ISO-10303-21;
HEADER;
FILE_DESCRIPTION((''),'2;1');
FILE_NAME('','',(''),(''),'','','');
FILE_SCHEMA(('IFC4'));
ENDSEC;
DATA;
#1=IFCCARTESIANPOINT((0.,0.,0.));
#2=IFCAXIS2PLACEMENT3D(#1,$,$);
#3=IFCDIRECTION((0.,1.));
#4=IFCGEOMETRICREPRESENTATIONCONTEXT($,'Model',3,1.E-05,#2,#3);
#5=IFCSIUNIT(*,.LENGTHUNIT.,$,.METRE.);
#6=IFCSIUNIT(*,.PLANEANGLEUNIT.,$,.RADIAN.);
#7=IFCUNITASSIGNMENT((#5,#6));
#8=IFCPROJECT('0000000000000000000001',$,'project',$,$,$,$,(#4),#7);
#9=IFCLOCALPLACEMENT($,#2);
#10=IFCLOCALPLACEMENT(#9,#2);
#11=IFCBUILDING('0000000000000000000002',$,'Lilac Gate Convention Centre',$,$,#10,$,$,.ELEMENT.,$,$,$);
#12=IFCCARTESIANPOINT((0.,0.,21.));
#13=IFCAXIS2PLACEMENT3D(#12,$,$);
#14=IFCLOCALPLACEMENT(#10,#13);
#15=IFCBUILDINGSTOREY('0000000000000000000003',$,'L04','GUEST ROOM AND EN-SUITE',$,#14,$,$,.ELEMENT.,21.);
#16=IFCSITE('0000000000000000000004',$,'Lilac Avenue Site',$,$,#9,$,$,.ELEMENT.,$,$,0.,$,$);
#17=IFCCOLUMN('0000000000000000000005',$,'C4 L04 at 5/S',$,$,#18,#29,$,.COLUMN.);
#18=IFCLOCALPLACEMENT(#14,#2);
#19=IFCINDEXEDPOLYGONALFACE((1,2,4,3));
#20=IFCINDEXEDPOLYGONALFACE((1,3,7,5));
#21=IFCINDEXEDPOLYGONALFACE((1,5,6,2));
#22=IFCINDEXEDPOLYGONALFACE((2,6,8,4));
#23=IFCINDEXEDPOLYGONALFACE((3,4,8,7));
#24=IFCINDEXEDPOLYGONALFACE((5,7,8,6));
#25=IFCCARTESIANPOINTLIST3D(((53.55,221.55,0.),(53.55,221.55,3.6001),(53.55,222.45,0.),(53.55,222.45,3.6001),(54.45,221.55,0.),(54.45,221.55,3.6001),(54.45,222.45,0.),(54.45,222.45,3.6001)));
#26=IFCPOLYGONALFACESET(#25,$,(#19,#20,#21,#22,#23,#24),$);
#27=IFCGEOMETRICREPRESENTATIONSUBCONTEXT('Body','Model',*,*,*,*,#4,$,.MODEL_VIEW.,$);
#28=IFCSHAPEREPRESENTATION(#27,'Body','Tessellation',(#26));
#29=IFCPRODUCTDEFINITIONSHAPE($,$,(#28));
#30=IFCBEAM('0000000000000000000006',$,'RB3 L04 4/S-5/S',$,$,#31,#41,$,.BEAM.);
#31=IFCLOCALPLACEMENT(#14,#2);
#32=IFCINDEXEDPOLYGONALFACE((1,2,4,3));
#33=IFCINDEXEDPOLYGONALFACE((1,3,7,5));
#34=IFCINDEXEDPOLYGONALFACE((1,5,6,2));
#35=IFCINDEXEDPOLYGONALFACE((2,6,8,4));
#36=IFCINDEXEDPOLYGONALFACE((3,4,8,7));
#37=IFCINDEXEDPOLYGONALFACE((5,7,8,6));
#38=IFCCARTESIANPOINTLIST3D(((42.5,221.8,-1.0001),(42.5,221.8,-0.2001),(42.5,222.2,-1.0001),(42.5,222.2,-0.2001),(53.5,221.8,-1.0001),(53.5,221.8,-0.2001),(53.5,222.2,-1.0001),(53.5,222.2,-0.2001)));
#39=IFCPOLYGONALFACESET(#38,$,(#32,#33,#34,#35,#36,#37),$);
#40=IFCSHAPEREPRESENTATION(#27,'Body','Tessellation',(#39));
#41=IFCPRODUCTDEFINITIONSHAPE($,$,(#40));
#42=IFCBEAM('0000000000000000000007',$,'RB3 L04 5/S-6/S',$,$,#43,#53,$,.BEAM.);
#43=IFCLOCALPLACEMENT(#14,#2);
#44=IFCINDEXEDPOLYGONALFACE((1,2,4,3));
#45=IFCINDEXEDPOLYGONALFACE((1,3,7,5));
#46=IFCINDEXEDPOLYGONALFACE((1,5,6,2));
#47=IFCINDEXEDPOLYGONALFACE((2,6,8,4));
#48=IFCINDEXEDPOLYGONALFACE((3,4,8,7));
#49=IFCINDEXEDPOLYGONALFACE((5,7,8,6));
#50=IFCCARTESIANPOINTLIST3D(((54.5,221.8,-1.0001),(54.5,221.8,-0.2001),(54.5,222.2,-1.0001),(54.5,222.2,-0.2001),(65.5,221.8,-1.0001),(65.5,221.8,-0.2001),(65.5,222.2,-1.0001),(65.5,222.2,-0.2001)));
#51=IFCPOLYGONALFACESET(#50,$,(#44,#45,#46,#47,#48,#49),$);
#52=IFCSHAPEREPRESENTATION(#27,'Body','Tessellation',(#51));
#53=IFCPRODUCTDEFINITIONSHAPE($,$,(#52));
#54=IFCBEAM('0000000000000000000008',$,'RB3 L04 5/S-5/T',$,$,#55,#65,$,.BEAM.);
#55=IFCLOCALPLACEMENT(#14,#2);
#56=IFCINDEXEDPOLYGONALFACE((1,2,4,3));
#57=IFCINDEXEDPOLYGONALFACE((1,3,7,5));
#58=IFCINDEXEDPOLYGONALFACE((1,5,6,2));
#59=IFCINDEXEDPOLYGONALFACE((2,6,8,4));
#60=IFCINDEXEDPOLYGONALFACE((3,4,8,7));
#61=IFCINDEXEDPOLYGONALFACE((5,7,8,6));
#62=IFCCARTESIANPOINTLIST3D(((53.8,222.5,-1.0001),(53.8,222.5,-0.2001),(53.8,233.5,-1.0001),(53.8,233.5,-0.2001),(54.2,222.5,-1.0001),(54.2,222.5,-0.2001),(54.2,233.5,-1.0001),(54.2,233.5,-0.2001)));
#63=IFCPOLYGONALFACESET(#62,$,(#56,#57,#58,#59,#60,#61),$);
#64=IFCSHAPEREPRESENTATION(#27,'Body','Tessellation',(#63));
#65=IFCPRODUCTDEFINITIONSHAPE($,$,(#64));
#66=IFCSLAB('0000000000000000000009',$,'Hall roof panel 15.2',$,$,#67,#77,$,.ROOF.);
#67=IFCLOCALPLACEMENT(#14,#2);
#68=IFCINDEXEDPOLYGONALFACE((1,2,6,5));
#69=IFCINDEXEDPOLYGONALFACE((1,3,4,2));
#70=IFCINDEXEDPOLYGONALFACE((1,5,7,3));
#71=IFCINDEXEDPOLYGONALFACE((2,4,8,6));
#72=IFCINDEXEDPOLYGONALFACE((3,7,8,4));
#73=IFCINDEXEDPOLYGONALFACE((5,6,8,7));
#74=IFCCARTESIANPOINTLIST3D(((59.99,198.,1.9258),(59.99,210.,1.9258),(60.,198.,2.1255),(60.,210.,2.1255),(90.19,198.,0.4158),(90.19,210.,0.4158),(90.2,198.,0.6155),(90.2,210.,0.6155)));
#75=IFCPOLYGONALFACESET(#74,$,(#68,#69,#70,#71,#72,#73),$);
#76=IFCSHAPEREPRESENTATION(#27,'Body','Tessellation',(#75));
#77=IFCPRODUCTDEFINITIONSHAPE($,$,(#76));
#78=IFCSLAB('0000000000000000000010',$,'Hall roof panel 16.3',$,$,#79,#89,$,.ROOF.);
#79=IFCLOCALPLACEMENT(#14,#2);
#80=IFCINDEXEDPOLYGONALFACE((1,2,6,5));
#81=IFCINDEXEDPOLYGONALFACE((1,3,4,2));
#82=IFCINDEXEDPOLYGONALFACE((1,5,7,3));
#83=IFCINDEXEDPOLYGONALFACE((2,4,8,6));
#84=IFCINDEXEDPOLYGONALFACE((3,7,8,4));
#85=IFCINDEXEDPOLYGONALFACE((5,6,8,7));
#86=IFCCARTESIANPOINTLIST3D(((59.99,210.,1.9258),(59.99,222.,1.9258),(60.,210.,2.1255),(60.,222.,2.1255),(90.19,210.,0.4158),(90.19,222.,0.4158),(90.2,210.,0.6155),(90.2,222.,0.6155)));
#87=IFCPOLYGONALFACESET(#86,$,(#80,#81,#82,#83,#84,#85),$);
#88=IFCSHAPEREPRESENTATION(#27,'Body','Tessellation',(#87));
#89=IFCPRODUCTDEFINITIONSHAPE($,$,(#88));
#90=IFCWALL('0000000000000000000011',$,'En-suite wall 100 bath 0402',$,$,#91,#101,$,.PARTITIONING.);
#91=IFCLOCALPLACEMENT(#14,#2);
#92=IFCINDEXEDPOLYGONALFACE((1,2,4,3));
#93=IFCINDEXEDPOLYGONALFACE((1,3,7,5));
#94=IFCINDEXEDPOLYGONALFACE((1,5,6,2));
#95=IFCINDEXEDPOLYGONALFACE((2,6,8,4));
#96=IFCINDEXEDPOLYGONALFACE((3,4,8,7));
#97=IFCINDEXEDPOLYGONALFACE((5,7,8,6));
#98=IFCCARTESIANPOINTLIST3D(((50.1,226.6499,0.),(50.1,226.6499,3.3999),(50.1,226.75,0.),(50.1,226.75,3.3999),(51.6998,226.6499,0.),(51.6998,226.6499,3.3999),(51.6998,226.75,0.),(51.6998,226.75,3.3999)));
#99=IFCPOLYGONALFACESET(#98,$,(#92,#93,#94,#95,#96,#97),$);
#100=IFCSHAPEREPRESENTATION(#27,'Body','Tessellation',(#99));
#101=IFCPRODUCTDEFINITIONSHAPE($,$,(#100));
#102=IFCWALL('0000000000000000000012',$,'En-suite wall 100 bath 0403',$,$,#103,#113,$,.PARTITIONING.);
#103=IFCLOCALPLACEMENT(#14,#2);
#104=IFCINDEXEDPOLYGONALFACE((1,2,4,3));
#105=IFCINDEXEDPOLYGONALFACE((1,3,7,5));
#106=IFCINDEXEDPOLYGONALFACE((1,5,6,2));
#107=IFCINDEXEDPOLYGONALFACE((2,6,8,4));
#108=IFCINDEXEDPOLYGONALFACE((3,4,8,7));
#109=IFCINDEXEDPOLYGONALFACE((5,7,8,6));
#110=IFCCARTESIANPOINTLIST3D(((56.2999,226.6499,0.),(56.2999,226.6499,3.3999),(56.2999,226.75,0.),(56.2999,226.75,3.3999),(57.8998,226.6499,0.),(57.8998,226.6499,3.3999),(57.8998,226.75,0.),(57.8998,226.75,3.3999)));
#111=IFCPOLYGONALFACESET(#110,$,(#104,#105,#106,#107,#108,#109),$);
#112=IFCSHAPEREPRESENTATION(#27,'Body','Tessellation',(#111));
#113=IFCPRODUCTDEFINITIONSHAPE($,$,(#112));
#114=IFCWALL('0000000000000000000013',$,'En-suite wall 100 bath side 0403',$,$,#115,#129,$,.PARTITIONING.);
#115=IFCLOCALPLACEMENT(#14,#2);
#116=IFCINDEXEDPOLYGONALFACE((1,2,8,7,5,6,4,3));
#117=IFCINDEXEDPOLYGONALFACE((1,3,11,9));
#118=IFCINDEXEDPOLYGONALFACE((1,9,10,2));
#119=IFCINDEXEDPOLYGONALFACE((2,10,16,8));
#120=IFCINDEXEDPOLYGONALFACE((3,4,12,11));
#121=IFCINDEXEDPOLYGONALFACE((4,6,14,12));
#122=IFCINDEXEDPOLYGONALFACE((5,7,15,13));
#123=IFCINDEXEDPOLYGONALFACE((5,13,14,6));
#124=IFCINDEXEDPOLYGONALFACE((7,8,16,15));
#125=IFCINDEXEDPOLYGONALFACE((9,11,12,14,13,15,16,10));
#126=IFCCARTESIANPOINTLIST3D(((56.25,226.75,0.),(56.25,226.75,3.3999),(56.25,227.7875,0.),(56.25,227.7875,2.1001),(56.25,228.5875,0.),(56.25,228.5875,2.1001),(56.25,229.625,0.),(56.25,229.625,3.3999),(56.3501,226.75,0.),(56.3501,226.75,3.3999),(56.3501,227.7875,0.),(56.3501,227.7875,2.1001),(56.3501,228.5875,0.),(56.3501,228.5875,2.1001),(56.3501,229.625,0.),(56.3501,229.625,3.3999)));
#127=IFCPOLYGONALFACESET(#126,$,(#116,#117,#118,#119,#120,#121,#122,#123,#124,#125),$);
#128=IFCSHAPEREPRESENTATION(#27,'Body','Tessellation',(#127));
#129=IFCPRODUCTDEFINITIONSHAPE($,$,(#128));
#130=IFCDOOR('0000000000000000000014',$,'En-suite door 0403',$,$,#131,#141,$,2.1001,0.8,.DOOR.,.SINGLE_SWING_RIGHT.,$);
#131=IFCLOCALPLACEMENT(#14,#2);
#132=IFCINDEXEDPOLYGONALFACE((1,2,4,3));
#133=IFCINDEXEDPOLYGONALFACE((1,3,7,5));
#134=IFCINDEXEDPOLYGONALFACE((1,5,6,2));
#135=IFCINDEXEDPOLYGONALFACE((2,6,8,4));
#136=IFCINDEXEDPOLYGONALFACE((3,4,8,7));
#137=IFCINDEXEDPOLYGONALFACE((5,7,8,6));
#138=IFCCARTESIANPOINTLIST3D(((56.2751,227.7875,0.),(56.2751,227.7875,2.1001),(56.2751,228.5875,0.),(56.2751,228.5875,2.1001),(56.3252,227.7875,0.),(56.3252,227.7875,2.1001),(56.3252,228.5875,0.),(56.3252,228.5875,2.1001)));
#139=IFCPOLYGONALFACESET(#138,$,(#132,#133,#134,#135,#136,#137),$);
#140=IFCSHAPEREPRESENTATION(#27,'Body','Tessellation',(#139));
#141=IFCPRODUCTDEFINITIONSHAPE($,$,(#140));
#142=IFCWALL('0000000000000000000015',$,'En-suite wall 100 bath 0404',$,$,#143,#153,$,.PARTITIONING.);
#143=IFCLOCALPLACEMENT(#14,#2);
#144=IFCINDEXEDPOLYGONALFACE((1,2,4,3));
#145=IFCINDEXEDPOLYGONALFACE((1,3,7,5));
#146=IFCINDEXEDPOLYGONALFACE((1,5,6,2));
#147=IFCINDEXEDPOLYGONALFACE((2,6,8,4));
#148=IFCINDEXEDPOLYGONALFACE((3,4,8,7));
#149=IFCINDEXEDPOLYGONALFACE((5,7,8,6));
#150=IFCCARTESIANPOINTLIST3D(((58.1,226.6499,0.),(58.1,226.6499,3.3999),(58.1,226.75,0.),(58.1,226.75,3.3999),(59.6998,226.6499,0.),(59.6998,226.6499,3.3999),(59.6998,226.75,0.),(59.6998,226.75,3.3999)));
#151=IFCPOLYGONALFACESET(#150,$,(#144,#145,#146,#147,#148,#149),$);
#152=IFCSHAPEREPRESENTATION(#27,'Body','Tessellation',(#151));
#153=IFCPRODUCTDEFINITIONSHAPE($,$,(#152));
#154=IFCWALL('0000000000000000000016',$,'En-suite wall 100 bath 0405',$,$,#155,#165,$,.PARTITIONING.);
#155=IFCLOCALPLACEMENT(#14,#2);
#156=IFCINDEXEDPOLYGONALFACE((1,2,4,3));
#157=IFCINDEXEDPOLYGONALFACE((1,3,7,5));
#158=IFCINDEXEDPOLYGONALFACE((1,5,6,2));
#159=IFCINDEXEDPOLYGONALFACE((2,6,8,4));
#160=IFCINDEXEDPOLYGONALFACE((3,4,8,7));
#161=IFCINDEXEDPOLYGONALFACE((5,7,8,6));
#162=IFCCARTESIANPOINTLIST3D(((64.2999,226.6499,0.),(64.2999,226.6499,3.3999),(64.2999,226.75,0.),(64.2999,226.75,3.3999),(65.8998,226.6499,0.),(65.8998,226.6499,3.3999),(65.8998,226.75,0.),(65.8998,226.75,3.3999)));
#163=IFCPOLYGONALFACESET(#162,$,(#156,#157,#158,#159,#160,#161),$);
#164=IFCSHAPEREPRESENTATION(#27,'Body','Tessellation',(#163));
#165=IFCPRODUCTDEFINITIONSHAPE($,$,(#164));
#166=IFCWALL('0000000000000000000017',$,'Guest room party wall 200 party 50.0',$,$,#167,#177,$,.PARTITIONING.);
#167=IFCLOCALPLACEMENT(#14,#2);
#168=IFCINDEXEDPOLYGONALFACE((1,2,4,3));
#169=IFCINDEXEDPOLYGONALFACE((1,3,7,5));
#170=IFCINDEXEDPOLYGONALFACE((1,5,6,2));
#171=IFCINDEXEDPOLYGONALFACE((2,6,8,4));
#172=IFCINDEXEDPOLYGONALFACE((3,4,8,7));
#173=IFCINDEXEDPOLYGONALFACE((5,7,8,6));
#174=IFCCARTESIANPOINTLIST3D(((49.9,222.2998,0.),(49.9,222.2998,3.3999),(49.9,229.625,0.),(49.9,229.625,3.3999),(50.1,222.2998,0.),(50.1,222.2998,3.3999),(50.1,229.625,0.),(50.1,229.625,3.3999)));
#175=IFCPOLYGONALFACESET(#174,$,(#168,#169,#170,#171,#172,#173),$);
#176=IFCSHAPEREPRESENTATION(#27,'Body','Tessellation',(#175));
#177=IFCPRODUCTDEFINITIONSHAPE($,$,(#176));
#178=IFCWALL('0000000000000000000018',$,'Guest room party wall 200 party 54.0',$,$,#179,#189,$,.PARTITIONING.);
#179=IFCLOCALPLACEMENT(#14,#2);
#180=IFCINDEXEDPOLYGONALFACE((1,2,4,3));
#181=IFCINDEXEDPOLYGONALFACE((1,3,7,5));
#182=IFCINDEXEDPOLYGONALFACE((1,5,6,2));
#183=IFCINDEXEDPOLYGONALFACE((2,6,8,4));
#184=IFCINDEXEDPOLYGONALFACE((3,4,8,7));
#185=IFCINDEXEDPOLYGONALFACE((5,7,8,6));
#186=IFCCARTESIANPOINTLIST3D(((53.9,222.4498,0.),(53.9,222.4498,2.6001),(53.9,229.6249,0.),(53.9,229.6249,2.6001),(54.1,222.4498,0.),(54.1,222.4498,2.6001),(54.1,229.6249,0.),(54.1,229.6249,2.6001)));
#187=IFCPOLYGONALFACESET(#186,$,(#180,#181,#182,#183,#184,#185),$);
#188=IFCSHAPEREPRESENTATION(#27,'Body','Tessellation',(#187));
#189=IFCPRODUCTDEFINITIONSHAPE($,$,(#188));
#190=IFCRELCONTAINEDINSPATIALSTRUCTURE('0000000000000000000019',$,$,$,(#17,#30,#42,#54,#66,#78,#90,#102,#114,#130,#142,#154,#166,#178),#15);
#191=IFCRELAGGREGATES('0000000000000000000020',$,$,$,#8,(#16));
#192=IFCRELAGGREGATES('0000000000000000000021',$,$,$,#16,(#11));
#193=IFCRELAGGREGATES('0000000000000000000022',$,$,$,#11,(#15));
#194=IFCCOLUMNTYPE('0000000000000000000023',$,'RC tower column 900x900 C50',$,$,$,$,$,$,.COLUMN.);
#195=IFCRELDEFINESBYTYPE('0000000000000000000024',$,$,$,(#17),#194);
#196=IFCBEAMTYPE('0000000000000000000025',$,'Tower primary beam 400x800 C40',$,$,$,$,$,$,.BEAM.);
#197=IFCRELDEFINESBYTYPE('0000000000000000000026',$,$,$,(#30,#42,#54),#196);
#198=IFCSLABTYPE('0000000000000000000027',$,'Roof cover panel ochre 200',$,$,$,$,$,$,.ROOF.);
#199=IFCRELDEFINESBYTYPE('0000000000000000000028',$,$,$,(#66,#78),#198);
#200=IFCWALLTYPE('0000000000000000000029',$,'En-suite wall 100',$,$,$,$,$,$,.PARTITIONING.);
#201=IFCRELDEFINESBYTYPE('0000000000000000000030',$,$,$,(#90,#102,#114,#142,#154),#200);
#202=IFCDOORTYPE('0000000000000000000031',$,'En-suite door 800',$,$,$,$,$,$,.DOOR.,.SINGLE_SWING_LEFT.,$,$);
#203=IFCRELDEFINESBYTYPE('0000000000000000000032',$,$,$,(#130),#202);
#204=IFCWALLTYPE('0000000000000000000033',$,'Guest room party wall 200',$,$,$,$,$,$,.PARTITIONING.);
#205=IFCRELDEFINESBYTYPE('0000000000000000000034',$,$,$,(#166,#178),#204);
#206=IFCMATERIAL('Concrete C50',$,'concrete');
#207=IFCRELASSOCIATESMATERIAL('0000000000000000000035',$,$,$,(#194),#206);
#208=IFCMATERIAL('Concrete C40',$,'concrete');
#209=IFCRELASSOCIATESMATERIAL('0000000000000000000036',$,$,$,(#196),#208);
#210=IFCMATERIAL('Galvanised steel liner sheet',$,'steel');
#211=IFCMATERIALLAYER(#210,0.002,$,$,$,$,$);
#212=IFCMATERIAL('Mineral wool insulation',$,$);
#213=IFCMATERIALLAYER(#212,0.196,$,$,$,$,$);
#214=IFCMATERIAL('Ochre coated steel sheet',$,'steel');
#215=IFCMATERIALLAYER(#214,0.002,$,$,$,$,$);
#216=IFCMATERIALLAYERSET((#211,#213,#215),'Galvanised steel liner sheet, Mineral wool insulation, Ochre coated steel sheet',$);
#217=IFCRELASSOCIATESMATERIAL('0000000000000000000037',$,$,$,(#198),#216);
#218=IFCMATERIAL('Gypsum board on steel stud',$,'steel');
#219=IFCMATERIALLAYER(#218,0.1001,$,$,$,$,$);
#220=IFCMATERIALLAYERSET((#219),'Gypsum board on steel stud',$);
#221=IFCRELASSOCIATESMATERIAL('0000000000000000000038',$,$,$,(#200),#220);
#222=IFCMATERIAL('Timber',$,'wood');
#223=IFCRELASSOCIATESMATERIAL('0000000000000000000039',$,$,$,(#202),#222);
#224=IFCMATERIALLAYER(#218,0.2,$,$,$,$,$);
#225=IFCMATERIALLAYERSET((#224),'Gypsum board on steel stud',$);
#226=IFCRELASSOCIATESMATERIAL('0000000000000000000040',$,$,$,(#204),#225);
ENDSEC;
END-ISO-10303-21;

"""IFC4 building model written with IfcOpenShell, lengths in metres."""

from ifc_helpers import new_model, si_unit, direction, frame, frame_2d, origin, origin_2d, place, context, subcontext, project, spatial, polyline, rectangle, outline, extrude, material, layer, layer_set, material_profile, profile_set, type_object, element, fill, save


model = new_model("IFC4")

# Units and contexts
model_context = context("Model", 3, precision=1e-05, world=origin(), true_north=direction((0.0, 1.0)))
body_context = subcontext(model_context, "Body", "Model", "MODEL_VIEW")
ifc_project = project(units=[si_unit("LENGTHUNIT", "METRE"), si_unit("PLANEANGLEUNIT", "RADIAN")], contexts=[model_context])

# Site, building, storey
site_placement = place(None, origin())
site = spatial("IfcSite", under=ifc_project, at=site_placement, Name="Lilac Avenue Site", CompositionType="ELEMENT", RefElevation=0.0)
building_placement = place(site_placement, origin())
building = spatial("IfcBuilding", under=site, at=building_placement, Name="Lilac Gate Convention Centre", CompositionType="ELEMENT")
storey_placement = place(building_placement, frame((0.0, 0.0, 21.0)))
storey = spatial("IfcBuildingStorey", under=building, at=storey_placement, Name="L04", Description="GUEST ROOM AND EN-SUITE", CompositionType="ELEMENT", Elevation=21.0)

# Column
ifc_material_1 = material(Name="Concrete C50", Category="concrete")
ifc_material_profile_1 = material_profile(ifc_material_1, rectangle(XDim=0.8999, YDim=0.8999, at=origin_2d()), Name="RC 900x900")
ifc_profile_set_1 = profile_set([ifc_material_profile_1], Name="Concrete C50")
column_type = type_object("IfcColumnType", Name="RC tower column 900x900 C50", PredefinedType="COLUMN", material=ifc_profile_set_1)
column_placement = place(storey_placement, frame((54.0, 222.0, 0.0), z_axis=(0.0, 0.0, 1.0), x_axis=(1.0, 0.0, 0.0)))
element("IfcColumn", 1, at=column_placement, inside=storey, type_object=column_type, Name="C4 L04 at 5/S", PredefinedType="COLUMN", context=body_context, shape_type="SweptSolid", body=[
    extrude(rectangle(XDim=0.8999, YDim=0.8999, at=origin_2d()), origin(), (0.0, 0.0, 1.0), 3.6001),
])

# Beams
ifc_material_2 = material(Name="Concrete C40", Category="concrete")
ifc_material_profile_2 = material_profile(ifc_material_2, rectangle(XDim=0.3999, YDim=0.8, at=origin_2d()), Name="RC 400x800")
ifc_profile_set_2 = profile_set([ifc_material_profile_2], Name="Concrete C40")
beam_type = type_object("IfcBeamType", Name="Tower primary beam 400x800 C40", PredefinedType="BEAM", material=ifc_profile_set_2)
for number, where, z_axis, x_axis, name in (
    (2, (42.5, 222.0, -0.6001), (1.0, 0.0, 0.0), (0.0, 1.0, 0.0), "RB3 L04 4/S-5/S"),
    (3, (54.5, 222.0, -0.6001), (1.0, 0.0, 0.0), (0.0, 1.0, 0.0), "RB3 L04 5/S-6/S"),
    (4, (54.0, 222.5, -0.6001), (0.0, 1.0, 0.0), (-1.0, 0.0, 0.0), "RB3 L04 5/S-5/T"),
):
    element("IfcBeam", number, at=place(storey_placement, frame(where, z_axis=z_axis, x_axis=x_axis)), inside=storey, type_object=beam_type, Name=name, PredefinedType="BEAM", context=body_context, shape_type="SweptSolid", body=[
        extrude(rectangle(XDim=0.3999, YDim=0.8, at=origin_2d()), origin(), (0.0, 0.0, 1.0), 11.0),
    ])

# Slabs
ifc_material_3 = material(Name="Galvanised steel liner sheet", Category="steel")
ifc_layer_1 = layer(ifc_material_3, 0.002)
ifc_material_4 = material(Name="Mineral wool insulation")
ifc_layer_2 = layer(ifc_material_4, 0.196)
ifc_material_5 = material(Name="Ochre coated steel sheet", Category="steel")
ifc_layer_3 = layer(ifc_material_5, 0.002)
ifc_layer_set_1 = layer_set([ifc_layer_1, ifc_layer_2, ifc_layer_3], Name="Galvanised steel liner sheet, Mineral wool insulation, Ochre coated steel sheet")
slab_type = type_object("IfcSlabType", Name="Roof cover panel ochre 200", PredefinedType="ROOF", material=ifc_layer_set_1)
for number, where, z_axis, x_axis, name in (
    (5, (60.0, 198.0, 2.1255), (0.049938, 0.0, 0.998752), (0.998752, 0.0, -0.049938), "Hall roof panel 15.2"),
    (6, (60.0, 210.0, 2.1255), (0.049938, 0.0, 0.998752), (0.998752, 0.0, -0.049938), "Hall roof panel 16.3"),
):
    element("IfcSlab", number, at=place(storey_placement, frame(where, z_axis=z_axis, x_axis=x_axis)), inside=storey, type_object=slab_type, Name=name, PredefinedType="ROOF", context=body_context, shape_type="SweptSolid", body=[
        extrude(outline(polyline([(0.0, 0.0), (30.2377, 0.0), (30.2377, 12.0), (0.0, 12.0), (0.0, 0.0)])), origin(), (0.0, 0.0, -1.0), 0.2),
    ])

# Walls
ifc_material_6 = material(Name="Gypsum board on steel stud", Category="steel")
ifc_layer_4 = layer(ifc_material_6, 0.1001)
ifc_layer_set_2 = layer_set([ifc_layer_4], Name="Gypsum board on steel stud")
wall_type_1 = type_object("IfcWallType", Name="En-suite wall 100", PredefinedType="PARTITIONING", material=ifc_layer_set_2)
for number, where, z_axis, x_axis, name in (
    (7, (50.1001, 226.7, 0.0), (0.0, 0.0, 1.0), (1.0, 0.0, 0.0), "En-suite wall 100 bath 0402"),
    (8, (56.3, 226.7, 0.0), (0.0, 0.0, 1.0), (1.0, 0.0, 0.0), "En-suite wall 100 bath 0403"),
):
    element("IfcWall", number, at=place(storey_placement, frame(where, z_axis=z_axis, x_axis=x_axis)), inside=storey, type_object=wall_type_1, Name=name, PredefinedType="PARTITIONING", context=body_context, shape_type="SweptSolid", body=[
        extrude(rectangle(XDim=1.5999, YDim=0.1001, at=frame_2d((0.7998, 0.0))), origin(), (0.0, 0.0, 1.0), 3.3999),
    ])

# Wall, opening, door
wall_1_placement = place(storey_placement, frame((56.3, 226.75, 0.0), z_axis=(0.0, 0.0, 1.0), x_axis=(0.0, 1.0, 0.0)))
wall_1 = element("IfcWall", 9, at=wall_1_placement, inside=storey, type_object=wall_type_1, Name="En-suite wall 100 bath side 0403", PredefinedType="PARTITIONING", context=body_context, shape_type="SweptSolid", body=[
    extrude(rectangle(XDim=2.875, YDim=0.1001, at=frame_2d((1.4375, 0.0))), origin(), (0.0, 0.0, 1.0), 3.3999),
])
opening_1_placement = place(wall_1_placement, frame((1.0376, 0.0, 0.0)))
opening_1 = element("IfcOpeningElement", 10, at=opening_1_placement, cuts=wall_1, PredefinedType="OPENING", context=body_context, shape_type="SweptSolid", body=[
    extrude(rectangle(XDim=0.8, YDim=2.1001, at=frame_2d((0.3999, 1.05))), frame((0.0, 0.0601, 0.0), z_axis=(0.0, -1.0, 0.0), x_axis=(1.0, 0.0, 0.0)), (0.0, 0.0, 1.0), 0.1201),
])
ifc_material_7 = material(Name="Timber", Category="wood")
door_type = type_object("IfcDoorType", Name="En-suite door 800", OperationType="SINGLE_SWING_LEFT", PredefinedType="DOOR", material=ifc_material_7)
door_placement = place(opening_1_placement, origin())
door = element("IfcDoor", 11, at=door_placement, inside=storey, type_object=door_type, Name="En-suite door 0403", OperationType="SINGLE_SWING_RIGHT", OverallHeight=2.1001, OverallWidth=0.8, PredefinedType="DOOR", context=body_context, shape_type="SweptSolid", body=[
    extrude(rectangle(XDim=0.8, YDim=2.1001, at=frame_2d((0.3999, 1.05))), frame((0.0, 0.0249, 0.0), z_axis=(0.0, -1.0, 0.0), x_axis=(1.0, 0.0, 0.0)), (0.0, 0.0, 1.0), 0.05),
])
fill(opening_1, door)

# Walls
for number, where, z_axis, x_axis, name in (
    (12, (58.1001, 226.7, 0.0), (0.0, 0.0, 1.0), (1.0, 0.0, 0.0), "En-suite wall 100 bath 0404"),
    (13, (64.3, 226.7, 0.0), (0.0, 0.0, 1.0), (1.0, 0.0, 0.0), "En-suite wall 100 bath 0405"),
):
    element("IfcWall", number, at=place(storey_placement, frame(where, z_axis=z_axis, x_axis=x_axis)), inside=storey, type_object=wall_type_1, Name=name, PredefinedType="PARTITIONING", context=body_context, shape_type="SweptSolid", body=[
        extrude(rectangle(XDim=1.5999, YDim=0.1001, at=frame_2d((0.7998, 0.0))), origin(), (0.0, 0.0, 1.0), 3.3999),
    ])
ifc_layer_5 = layer(ifc_material_6, 0.2)
ifc_layer_set_3 = layer_set([ifc_layer_5], Name="Gypsum board on steel stud")
wall_type_2 = type_object("IfcWallType", Name="Guest room party wall 200", PredefinedType="PARTITIONING", material=ifc_layer_set_3)
wall_2_placement = place(storey_placement, frame((50.0, 222.2998, 0.0), z_axis=(0.0, 0.0, 1.0), x_axis=(0.0, 1.0, 0.0)))
element("IfcWall", 14, at=wall_2_placement, inside=storey, type_object=wall_type_2, Name="Guest room party wall 200 party 50.0", PredefinedType="PARTITIONING", context=body_context, shape_type="SweptSolid", body=[
    extrude(rectangle(XDim=7.3252, YDim=0.2, at=frame_2d((3.6626, 0.0))), origin(), (0.0, 0.0, 1.0), 3.3999),
])
wall_3_placement = place(storey_placement, frame((54.0, 222.45, 0.0), z_axis=(0.0, 0.0, 1.0), x_axis=(0.0, 1.0, 0.0)))
element("IfcWall", 15, at=wall_3_placement, inside=storey, type_object=wall_type_2, Name="Guest room party wall 200 party 54.0", PredefinedType="PARTITIONING", context=body_context, shape_type="SweptSolid", body=[
    extrude(rectangle(XDim=7.175, YDim=0.2, at=frame_2d((3.5874, 0.0))), origin(), (0.0, 0.0, 1.0), 2.6001),
])

save(model, "model.ifc")
